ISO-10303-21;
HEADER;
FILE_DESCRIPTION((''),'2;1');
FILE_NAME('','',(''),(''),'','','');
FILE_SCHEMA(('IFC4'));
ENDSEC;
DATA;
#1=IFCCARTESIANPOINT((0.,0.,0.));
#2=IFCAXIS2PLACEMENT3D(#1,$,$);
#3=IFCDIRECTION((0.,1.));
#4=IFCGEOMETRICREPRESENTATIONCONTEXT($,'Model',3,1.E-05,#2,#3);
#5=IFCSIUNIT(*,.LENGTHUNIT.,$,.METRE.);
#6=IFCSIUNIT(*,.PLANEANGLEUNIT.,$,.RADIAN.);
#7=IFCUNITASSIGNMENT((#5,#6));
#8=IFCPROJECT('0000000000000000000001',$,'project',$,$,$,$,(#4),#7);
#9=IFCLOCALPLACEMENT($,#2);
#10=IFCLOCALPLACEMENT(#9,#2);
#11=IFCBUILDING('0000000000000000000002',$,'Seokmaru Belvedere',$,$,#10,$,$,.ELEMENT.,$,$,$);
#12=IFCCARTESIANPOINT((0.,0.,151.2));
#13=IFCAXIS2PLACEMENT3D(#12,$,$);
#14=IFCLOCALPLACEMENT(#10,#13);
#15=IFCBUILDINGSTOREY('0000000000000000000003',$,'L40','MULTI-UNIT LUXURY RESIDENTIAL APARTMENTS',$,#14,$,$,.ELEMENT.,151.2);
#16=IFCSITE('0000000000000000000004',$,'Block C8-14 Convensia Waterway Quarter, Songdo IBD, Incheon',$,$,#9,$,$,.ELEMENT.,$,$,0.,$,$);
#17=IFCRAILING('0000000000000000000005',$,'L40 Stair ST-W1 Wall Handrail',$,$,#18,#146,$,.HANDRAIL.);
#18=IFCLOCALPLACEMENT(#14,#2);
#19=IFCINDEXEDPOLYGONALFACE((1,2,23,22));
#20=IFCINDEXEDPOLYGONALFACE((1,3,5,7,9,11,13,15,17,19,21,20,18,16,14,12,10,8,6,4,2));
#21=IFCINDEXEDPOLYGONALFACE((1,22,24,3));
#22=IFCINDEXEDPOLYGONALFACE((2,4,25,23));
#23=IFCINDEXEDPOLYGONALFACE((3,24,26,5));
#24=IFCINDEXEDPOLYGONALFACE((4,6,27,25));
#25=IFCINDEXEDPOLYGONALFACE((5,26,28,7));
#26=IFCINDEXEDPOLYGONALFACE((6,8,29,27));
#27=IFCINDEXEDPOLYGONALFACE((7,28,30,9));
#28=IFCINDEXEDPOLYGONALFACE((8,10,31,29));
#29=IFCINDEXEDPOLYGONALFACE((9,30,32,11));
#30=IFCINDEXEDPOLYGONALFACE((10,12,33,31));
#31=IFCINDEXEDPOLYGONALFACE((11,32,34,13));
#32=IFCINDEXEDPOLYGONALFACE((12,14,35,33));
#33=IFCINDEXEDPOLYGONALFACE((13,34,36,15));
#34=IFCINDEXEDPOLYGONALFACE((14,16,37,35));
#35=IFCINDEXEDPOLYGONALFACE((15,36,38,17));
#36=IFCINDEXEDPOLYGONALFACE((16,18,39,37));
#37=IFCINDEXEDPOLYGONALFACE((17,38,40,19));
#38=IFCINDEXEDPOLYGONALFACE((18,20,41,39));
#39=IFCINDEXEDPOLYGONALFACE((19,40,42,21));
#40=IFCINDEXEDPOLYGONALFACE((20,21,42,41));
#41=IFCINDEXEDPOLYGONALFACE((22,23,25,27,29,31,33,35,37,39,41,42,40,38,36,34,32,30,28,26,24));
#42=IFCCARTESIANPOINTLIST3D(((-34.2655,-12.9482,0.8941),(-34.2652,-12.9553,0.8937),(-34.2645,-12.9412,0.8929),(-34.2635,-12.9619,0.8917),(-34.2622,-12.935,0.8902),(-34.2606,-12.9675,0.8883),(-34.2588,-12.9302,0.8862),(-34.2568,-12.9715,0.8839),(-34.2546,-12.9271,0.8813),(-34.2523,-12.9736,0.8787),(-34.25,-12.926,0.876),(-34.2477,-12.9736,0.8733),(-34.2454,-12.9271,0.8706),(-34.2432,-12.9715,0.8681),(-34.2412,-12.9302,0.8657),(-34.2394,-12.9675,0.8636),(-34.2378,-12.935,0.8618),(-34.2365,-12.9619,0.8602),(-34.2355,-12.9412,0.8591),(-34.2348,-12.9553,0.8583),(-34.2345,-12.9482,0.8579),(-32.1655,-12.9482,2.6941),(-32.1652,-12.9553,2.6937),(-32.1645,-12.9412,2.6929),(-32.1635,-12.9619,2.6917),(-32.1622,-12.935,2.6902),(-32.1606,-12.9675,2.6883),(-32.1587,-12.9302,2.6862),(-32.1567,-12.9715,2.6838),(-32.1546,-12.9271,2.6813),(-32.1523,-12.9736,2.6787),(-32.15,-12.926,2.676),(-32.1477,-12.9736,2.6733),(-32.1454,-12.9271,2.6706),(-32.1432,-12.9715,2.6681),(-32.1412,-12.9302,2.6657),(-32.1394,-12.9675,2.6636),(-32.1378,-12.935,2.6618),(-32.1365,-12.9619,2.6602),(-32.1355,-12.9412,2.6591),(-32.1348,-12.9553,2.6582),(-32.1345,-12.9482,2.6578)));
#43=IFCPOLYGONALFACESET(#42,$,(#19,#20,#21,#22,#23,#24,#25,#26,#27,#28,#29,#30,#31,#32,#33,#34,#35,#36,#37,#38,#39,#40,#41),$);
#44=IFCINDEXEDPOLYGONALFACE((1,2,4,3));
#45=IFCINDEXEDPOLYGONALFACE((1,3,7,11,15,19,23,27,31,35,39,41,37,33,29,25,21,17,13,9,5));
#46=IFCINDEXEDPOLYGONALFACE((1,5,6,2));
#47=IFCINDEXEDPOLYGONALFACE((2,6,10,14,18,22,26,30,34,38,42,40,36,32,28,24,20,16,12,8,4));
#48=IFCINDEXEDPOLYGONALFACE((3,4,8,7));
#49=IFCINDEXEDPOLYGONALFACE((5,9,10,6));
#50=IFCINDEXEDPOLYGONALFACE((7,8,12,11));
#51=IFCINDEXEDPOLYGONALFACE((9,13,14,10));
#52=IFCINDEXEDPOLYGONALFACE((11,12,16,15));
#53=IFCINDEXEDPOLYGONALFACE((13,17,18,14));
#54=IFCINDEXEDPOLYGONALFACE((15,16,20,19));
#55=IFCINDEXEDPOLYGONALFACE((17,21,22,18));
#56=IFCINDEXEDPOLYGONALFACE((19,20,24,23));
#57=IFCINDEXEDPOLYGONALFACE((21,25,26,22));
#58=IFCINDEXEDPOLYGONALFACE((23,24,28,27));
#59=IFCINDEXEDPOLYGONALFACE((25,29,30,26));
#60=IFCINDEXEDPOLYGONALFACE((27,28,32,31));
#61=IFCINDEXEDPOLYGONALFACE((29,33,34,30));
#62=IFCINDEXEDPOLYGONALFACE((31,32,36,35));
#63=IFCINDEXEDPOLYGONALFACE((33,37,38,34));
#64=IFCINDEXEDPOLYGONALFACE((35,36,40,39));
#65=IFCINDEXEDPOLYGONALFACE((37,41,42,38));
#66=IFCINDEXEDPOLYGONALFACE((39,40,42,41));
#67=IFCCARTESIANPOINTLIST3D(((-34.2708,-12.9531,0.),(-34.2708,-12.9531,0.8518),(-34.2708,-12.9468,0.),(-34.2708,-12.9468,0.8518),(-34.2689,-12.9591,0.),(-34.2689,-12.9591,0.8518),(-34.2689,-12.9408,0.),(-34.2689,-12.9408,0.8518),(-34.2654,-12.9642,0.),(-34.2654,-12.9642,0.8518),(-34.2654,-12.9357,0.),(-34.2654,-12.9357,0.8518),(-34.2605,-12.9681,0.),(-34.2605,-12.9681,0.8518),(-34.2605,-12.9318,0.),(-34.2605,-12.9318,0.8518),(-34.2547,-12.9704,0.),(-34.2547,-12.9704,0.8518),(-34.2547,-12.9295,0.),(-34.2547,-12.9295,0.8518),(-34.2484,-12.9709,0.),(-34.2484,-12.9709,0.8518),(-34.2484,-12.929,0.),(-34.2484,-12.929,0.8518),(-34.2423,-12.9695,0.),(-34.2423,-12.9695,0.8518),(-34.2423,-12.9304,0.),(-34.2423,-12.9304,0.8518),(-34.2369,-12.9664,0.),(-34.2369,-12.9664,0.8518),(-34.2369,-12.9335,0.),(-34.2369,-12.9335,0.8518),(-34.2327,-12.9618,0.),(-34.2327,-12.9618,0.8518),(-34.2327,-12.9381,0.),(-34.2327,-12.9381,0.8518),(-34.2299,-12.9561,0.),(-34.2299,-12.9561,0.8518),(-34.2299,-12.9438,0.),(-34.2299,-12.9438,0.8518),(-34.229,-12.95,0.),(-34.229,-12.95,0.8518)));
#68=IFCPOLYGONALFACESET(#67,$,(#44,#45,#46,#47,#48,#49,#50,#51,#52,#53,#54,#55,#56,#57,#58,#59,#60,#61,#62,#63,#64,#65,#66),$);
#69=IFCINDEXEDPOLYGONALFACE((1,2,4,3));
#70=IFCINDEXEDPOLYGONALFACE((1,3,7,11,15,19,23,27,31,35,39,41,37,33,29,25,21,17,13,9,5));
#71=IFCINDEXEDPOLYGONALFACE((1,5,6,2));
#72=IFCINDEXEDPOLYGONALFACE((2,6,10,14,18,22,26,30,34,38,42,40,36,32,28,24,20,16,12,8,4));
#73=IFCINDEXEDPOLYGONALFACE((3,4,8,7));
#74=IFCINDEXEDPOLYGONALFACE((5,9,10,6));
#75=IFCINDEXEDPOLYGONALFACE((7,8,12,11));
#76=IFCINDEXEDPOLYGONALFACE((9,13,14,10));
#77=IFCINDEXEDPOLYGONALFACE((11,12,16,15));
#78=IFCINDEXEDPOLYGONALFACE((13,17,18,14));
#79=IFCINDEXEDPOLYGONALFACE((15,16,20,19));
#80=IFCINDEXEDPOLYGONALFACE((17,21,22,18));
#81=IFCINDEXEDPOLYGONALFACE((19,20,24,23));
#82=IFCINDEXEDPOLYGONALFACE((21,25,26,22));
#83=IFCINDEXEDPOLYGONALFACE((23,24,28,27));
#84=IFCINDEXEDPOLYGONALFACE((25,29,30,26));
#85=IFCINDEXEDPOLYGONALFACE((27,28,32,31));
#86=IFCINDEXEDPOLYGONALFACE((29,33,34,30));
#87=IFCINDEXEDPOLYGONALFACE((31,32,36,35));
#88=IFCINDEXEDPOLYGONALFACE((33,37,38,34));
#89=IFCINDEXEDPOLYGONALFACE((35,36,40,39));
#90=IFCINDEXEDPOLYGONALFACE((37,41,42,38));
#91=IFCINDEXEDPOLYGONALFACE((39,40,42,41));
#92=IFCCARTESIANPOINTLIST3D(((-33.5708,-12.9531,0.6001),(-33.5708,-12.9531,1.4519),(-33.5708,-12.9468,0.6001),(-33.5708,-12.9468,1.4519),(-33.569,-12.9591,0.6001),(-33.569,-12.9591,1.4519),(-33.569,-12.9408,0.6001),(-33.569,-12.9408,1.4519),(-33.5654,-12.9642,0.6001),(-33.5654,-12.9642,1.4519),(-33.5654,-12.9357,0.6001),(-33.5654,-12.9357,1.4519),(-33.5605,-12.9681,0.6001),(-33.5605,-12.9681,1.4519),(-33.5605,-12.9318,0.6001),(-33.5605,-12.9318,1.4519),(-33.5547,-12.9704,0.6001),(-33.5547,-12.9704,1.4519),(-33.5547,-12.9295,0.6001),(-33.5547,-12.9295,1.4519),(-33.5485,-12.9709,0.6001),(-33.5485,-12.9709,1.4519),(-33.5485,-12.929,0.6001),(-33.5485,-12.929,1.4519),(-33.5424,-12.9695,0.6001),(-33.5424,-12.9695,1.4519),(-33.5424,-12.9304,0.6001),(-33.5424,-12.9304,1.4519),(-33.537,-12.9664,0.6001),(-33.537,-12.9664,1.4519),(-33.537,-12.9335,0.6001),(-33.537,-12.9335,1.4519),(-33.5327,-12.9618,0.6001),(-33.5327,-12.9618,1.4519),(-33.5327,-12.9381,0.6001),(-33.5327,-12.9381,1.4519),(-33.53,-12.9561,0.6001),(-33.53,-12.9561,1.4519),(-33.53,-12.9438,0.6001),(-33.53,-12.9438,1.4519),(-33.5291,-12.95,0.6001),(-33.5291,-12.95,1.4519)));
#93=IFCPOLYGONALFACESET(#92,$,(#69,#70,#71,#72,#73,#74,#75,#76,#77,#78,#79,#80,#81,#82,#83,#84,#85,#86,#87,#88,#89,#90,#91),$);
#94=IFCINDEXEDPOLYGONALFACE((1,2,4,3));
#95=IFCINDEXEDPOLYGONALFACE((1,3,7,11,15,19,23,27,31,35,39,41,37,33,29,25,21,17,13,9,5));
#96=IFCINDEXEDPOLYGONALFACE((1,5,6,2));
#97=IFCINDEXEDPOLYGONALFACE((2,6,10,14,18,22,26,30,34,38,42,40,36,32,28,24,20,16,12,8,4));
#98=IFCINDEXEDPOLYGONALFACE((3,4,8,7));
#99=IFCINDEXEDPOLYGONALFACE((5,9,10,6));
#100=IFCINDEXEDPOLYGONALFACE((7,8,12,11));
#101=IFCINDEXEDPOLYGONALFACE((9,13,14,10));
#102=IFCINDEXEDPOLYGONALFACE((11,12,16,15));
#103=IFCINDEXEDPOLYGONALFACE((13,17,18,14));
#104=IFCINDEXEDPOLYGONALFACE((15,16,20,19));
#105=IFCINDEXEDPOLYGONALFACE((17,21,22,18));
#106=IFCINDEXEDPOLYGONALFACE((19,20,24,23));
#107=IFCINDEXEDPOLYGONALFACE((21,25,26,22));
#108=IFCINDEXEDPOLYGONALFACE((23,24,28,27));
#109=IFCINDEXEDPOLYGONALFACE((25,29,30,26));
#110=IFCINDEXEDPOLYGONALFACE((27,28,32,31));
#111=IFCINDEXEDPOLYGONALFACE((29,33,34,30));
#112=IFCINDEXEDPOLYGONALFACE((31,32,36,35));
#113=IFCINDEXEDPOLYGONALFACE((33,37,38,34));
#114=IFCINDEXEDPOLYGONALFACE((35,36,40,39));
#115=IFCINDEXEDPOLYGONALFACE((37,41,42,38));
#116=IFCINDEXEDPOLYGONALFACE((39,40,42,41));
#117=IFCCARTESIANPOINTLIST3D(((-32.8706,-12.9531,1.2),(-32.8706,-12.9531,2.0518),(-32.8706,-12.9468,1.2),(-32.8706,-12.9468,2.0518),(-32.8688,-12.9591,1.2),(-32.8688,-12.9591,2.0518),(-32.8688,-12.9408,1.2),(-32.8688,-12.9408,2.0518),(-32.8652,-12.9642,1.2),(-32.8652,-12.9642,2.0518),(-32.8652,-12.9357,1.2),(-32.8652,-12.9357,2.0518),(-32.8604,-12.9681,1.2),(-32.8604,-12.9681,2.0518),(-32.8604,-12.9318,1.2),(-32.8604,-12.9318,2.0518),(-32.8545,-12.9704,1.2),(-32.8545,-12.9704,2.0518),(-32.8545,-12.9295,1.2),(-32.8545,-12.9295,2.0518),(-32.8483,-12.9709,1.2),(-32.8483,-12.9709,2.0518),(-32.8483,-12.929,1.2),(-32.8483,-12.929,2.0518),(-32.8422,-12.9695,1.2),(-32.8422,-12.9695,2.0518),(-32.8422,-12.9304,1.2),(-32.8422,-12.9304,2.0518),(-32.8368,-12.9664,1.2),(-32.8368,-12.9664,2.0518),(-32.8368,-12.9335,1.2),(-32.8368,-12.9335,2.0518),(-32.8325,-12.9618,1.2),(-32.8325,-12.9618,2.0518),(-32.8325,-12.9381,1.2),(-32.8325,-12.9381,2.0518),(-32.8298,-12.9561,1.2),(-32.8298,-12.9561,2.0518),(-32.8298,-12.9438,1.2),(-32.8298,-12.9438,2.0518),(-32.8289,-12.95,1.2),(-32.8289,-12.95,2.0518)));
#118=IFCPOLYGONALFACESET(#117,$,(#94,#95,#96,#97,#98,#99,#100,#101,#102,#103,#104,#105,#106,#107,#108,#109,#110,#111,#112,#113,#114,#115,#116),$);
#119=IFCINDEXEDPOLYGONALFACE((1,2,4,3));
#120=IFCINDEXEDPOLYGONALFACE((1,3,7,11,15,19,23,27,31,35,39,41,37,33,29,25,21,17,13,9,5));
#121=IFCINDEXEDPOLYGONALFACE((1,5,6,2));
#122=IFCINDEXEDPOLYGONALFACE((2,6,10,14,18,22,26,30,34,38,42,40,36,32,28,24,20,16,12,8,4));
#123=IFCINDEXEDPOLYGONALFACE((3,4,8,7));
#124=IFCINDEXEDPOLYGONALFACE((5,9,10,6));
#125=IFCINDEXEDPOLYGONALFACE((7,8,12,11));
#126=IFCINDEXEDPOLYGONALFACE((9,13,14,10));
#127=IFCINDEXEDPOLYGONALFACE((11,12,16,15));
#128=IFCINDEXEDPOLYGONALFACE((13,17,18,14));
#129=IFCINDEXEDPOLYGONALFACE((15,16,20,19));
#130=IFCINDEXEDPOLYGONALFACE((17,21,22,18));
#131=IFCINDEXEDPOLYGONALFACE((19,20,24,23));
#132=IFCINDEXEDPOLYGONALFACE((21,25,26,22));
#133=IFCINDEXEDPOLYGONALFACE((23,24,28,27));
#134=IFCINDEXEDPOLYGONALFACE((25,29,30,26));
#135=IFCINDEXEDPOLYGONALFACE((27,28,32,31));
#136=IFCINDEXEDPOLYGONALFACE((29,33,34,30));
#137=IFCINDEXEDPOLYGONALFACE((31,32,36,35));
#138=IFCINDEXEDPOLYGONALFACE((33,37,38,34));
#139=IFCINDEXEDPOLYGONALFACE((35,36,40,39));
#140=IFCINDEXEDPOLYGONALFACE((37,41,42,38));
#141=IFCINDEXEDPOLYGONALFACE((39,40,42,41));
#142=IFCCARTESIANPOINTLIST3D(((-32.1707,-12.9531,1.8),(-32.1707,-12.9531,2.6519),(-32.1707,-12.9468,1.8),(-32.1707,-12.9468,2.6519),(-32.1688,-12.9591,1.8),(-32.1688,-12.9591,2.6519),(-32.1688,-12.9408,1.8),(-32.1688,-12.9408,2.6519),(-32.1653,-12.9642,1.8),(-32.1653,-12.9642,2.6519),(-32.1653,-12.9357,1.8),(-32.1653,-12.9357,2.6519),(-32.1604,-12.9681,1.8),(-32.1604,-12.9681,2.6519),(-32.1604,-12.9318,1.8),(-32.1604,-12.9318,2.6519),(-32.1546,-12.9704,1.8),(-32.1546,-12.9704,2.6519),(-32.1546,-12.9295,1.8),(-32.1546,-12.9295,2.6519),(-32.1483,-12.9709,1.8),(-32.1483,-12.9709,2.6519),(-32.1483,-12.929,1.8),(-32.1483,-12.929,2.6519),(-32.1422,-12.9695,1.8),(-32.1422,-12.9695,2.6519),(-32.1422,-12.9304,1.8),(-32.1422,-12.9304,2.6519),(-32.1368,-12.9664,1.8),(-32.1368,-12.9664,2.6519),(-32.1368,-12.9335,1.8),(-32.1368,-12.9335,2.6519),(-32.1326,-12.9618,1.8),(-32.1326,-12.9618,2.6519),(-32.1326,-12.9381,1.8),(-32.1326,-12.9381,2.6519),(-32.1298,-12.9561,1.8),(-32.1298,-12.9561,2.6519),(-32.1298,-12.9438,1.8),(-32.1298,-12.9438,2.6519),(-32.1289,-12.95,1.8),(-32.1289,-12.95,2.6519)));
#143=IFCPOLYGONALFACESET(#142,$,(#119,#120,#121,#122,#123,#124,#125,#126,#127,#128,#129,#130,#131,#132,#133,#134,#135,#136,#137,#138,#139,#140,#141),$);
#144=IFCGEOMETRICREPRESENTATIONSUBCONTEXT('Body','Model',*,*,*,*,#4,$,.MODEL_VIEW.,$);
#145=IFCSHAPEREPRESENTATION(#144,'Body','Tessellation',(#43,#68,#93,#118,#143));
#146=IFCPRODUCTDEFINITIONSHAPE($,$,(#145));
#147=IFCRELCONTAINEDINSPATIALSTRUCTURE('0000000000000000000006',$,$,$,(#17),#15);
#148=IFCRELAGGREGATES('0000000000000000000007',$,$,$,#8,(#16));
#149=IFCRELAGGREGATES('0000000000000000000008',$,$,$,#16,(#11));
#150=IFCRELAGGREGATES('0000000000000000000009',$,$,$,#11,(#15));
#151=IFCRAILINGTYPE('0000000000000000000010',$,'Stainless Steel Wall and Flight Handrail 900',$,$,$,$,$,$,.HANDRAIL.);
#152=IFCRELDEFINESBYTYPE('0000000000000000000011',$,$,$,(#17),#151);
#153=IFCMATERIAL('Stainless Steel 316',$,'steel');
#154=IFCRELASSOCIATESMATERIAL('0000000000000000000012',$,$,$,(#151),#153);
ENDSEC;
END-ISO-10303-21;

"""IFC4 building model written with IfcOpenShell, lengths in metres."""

from ifc_helpers import new_model, si_unit, direction, frame, origin, origin_2d, place, context, subcontext, project, spatial, circle, extrude, material, type_object, element, save


model = new_model("IFC4")

# Units and contexts
model_context = context("Model", 3, precision=1e-05, world=origin(), true_north=direction((0.0, 1.0)))
body_context = subcontext(model_context, "Body", "Model", "MODEL_VIEW")
ifc_project = project(units=[si_unit("LENGTHUNIT", "METRE"), si_unit("PLANEANGLEUNIT", "RADIAN")], contexts=[model_context])

# Site, building, storey
site_placement = place(None, origin())
site = spatial("IfcSite", under=ifc_project, at=site_placement, Name="Block C8-14 Convensia Waterway Quarter, Songdo IBD, Incheon", CompositionType="ELEMENT", RefElevation=0.0)
building_placement = place(site_placement, origin())
building = spatial("IfcBuilding", under=site, at=building_placement, Name="Seokmaru Belvedere", CompositionType="ELEMENT")
storey_placement = place(building_placement, frame((0.0, 0.0, 151.2)))
storey = spatial("IfcBuildingStorey", under=building, at=storey_placement, Name="L40", Description="MULTI-UNIT LUXURY RESIDENTIAL APARTMENTS", CompositionType="ELEMENT", Elevation=151.2)

# Railing
ifc_material_1 = material(Name="Stainless Steel 316", Category="steel")
railing_type_1 = type_object("IfcRailingType", Name="Stainless Steel Wall and Flight Handrail 900", PredefinedType="HANDRAIL", material=ifc_material_1)
railing_1_placement = place(storey_placement, frame((-34.25, -12.95, 0.0)))
element("IfcRailing", 1, at=railing_1_placement, inside=storey, type_object=railing_type_1, Name="L40 Stair ST-W1 Wall Handrail", PredefinedType="HANDRAIL", context=body_context, shape_type="SweptSolid", body=[
    extrude(circle(Radius=0.0239, at=origin_2d()), frame((0.0, 0.0, 0.876), z_axis=(0.759263, 0.0, 0.650784), x_axis=(0.0, 1.0, 0.0)), (0.0, 0.0, 1.0), 2.7659),
    extrude(circle(Radius=0.021, at=origin_2d()), origin(), (0.0, 0.0, 1.0), 0.8518),
    extrude(circle(Radius=0.021, at=origin_2d()), frame((0.7, 0.0, 0.6001)), (0.0, 0.0, 1.0), 0.8518),
    extrude(circle(Radius=0.021, at=origin_2d()), frame((1.4001, 0.0, 1.2)), (0.0, 0.0, 1.0), 0.8518),
    extrude(circle(Radius=0.021, at=origin_2d()), frame((2.1001, 0.0, 1.8)), (0.0, 0.0, 1.0), 0.8518),
])

save(model, "model.ifc")
